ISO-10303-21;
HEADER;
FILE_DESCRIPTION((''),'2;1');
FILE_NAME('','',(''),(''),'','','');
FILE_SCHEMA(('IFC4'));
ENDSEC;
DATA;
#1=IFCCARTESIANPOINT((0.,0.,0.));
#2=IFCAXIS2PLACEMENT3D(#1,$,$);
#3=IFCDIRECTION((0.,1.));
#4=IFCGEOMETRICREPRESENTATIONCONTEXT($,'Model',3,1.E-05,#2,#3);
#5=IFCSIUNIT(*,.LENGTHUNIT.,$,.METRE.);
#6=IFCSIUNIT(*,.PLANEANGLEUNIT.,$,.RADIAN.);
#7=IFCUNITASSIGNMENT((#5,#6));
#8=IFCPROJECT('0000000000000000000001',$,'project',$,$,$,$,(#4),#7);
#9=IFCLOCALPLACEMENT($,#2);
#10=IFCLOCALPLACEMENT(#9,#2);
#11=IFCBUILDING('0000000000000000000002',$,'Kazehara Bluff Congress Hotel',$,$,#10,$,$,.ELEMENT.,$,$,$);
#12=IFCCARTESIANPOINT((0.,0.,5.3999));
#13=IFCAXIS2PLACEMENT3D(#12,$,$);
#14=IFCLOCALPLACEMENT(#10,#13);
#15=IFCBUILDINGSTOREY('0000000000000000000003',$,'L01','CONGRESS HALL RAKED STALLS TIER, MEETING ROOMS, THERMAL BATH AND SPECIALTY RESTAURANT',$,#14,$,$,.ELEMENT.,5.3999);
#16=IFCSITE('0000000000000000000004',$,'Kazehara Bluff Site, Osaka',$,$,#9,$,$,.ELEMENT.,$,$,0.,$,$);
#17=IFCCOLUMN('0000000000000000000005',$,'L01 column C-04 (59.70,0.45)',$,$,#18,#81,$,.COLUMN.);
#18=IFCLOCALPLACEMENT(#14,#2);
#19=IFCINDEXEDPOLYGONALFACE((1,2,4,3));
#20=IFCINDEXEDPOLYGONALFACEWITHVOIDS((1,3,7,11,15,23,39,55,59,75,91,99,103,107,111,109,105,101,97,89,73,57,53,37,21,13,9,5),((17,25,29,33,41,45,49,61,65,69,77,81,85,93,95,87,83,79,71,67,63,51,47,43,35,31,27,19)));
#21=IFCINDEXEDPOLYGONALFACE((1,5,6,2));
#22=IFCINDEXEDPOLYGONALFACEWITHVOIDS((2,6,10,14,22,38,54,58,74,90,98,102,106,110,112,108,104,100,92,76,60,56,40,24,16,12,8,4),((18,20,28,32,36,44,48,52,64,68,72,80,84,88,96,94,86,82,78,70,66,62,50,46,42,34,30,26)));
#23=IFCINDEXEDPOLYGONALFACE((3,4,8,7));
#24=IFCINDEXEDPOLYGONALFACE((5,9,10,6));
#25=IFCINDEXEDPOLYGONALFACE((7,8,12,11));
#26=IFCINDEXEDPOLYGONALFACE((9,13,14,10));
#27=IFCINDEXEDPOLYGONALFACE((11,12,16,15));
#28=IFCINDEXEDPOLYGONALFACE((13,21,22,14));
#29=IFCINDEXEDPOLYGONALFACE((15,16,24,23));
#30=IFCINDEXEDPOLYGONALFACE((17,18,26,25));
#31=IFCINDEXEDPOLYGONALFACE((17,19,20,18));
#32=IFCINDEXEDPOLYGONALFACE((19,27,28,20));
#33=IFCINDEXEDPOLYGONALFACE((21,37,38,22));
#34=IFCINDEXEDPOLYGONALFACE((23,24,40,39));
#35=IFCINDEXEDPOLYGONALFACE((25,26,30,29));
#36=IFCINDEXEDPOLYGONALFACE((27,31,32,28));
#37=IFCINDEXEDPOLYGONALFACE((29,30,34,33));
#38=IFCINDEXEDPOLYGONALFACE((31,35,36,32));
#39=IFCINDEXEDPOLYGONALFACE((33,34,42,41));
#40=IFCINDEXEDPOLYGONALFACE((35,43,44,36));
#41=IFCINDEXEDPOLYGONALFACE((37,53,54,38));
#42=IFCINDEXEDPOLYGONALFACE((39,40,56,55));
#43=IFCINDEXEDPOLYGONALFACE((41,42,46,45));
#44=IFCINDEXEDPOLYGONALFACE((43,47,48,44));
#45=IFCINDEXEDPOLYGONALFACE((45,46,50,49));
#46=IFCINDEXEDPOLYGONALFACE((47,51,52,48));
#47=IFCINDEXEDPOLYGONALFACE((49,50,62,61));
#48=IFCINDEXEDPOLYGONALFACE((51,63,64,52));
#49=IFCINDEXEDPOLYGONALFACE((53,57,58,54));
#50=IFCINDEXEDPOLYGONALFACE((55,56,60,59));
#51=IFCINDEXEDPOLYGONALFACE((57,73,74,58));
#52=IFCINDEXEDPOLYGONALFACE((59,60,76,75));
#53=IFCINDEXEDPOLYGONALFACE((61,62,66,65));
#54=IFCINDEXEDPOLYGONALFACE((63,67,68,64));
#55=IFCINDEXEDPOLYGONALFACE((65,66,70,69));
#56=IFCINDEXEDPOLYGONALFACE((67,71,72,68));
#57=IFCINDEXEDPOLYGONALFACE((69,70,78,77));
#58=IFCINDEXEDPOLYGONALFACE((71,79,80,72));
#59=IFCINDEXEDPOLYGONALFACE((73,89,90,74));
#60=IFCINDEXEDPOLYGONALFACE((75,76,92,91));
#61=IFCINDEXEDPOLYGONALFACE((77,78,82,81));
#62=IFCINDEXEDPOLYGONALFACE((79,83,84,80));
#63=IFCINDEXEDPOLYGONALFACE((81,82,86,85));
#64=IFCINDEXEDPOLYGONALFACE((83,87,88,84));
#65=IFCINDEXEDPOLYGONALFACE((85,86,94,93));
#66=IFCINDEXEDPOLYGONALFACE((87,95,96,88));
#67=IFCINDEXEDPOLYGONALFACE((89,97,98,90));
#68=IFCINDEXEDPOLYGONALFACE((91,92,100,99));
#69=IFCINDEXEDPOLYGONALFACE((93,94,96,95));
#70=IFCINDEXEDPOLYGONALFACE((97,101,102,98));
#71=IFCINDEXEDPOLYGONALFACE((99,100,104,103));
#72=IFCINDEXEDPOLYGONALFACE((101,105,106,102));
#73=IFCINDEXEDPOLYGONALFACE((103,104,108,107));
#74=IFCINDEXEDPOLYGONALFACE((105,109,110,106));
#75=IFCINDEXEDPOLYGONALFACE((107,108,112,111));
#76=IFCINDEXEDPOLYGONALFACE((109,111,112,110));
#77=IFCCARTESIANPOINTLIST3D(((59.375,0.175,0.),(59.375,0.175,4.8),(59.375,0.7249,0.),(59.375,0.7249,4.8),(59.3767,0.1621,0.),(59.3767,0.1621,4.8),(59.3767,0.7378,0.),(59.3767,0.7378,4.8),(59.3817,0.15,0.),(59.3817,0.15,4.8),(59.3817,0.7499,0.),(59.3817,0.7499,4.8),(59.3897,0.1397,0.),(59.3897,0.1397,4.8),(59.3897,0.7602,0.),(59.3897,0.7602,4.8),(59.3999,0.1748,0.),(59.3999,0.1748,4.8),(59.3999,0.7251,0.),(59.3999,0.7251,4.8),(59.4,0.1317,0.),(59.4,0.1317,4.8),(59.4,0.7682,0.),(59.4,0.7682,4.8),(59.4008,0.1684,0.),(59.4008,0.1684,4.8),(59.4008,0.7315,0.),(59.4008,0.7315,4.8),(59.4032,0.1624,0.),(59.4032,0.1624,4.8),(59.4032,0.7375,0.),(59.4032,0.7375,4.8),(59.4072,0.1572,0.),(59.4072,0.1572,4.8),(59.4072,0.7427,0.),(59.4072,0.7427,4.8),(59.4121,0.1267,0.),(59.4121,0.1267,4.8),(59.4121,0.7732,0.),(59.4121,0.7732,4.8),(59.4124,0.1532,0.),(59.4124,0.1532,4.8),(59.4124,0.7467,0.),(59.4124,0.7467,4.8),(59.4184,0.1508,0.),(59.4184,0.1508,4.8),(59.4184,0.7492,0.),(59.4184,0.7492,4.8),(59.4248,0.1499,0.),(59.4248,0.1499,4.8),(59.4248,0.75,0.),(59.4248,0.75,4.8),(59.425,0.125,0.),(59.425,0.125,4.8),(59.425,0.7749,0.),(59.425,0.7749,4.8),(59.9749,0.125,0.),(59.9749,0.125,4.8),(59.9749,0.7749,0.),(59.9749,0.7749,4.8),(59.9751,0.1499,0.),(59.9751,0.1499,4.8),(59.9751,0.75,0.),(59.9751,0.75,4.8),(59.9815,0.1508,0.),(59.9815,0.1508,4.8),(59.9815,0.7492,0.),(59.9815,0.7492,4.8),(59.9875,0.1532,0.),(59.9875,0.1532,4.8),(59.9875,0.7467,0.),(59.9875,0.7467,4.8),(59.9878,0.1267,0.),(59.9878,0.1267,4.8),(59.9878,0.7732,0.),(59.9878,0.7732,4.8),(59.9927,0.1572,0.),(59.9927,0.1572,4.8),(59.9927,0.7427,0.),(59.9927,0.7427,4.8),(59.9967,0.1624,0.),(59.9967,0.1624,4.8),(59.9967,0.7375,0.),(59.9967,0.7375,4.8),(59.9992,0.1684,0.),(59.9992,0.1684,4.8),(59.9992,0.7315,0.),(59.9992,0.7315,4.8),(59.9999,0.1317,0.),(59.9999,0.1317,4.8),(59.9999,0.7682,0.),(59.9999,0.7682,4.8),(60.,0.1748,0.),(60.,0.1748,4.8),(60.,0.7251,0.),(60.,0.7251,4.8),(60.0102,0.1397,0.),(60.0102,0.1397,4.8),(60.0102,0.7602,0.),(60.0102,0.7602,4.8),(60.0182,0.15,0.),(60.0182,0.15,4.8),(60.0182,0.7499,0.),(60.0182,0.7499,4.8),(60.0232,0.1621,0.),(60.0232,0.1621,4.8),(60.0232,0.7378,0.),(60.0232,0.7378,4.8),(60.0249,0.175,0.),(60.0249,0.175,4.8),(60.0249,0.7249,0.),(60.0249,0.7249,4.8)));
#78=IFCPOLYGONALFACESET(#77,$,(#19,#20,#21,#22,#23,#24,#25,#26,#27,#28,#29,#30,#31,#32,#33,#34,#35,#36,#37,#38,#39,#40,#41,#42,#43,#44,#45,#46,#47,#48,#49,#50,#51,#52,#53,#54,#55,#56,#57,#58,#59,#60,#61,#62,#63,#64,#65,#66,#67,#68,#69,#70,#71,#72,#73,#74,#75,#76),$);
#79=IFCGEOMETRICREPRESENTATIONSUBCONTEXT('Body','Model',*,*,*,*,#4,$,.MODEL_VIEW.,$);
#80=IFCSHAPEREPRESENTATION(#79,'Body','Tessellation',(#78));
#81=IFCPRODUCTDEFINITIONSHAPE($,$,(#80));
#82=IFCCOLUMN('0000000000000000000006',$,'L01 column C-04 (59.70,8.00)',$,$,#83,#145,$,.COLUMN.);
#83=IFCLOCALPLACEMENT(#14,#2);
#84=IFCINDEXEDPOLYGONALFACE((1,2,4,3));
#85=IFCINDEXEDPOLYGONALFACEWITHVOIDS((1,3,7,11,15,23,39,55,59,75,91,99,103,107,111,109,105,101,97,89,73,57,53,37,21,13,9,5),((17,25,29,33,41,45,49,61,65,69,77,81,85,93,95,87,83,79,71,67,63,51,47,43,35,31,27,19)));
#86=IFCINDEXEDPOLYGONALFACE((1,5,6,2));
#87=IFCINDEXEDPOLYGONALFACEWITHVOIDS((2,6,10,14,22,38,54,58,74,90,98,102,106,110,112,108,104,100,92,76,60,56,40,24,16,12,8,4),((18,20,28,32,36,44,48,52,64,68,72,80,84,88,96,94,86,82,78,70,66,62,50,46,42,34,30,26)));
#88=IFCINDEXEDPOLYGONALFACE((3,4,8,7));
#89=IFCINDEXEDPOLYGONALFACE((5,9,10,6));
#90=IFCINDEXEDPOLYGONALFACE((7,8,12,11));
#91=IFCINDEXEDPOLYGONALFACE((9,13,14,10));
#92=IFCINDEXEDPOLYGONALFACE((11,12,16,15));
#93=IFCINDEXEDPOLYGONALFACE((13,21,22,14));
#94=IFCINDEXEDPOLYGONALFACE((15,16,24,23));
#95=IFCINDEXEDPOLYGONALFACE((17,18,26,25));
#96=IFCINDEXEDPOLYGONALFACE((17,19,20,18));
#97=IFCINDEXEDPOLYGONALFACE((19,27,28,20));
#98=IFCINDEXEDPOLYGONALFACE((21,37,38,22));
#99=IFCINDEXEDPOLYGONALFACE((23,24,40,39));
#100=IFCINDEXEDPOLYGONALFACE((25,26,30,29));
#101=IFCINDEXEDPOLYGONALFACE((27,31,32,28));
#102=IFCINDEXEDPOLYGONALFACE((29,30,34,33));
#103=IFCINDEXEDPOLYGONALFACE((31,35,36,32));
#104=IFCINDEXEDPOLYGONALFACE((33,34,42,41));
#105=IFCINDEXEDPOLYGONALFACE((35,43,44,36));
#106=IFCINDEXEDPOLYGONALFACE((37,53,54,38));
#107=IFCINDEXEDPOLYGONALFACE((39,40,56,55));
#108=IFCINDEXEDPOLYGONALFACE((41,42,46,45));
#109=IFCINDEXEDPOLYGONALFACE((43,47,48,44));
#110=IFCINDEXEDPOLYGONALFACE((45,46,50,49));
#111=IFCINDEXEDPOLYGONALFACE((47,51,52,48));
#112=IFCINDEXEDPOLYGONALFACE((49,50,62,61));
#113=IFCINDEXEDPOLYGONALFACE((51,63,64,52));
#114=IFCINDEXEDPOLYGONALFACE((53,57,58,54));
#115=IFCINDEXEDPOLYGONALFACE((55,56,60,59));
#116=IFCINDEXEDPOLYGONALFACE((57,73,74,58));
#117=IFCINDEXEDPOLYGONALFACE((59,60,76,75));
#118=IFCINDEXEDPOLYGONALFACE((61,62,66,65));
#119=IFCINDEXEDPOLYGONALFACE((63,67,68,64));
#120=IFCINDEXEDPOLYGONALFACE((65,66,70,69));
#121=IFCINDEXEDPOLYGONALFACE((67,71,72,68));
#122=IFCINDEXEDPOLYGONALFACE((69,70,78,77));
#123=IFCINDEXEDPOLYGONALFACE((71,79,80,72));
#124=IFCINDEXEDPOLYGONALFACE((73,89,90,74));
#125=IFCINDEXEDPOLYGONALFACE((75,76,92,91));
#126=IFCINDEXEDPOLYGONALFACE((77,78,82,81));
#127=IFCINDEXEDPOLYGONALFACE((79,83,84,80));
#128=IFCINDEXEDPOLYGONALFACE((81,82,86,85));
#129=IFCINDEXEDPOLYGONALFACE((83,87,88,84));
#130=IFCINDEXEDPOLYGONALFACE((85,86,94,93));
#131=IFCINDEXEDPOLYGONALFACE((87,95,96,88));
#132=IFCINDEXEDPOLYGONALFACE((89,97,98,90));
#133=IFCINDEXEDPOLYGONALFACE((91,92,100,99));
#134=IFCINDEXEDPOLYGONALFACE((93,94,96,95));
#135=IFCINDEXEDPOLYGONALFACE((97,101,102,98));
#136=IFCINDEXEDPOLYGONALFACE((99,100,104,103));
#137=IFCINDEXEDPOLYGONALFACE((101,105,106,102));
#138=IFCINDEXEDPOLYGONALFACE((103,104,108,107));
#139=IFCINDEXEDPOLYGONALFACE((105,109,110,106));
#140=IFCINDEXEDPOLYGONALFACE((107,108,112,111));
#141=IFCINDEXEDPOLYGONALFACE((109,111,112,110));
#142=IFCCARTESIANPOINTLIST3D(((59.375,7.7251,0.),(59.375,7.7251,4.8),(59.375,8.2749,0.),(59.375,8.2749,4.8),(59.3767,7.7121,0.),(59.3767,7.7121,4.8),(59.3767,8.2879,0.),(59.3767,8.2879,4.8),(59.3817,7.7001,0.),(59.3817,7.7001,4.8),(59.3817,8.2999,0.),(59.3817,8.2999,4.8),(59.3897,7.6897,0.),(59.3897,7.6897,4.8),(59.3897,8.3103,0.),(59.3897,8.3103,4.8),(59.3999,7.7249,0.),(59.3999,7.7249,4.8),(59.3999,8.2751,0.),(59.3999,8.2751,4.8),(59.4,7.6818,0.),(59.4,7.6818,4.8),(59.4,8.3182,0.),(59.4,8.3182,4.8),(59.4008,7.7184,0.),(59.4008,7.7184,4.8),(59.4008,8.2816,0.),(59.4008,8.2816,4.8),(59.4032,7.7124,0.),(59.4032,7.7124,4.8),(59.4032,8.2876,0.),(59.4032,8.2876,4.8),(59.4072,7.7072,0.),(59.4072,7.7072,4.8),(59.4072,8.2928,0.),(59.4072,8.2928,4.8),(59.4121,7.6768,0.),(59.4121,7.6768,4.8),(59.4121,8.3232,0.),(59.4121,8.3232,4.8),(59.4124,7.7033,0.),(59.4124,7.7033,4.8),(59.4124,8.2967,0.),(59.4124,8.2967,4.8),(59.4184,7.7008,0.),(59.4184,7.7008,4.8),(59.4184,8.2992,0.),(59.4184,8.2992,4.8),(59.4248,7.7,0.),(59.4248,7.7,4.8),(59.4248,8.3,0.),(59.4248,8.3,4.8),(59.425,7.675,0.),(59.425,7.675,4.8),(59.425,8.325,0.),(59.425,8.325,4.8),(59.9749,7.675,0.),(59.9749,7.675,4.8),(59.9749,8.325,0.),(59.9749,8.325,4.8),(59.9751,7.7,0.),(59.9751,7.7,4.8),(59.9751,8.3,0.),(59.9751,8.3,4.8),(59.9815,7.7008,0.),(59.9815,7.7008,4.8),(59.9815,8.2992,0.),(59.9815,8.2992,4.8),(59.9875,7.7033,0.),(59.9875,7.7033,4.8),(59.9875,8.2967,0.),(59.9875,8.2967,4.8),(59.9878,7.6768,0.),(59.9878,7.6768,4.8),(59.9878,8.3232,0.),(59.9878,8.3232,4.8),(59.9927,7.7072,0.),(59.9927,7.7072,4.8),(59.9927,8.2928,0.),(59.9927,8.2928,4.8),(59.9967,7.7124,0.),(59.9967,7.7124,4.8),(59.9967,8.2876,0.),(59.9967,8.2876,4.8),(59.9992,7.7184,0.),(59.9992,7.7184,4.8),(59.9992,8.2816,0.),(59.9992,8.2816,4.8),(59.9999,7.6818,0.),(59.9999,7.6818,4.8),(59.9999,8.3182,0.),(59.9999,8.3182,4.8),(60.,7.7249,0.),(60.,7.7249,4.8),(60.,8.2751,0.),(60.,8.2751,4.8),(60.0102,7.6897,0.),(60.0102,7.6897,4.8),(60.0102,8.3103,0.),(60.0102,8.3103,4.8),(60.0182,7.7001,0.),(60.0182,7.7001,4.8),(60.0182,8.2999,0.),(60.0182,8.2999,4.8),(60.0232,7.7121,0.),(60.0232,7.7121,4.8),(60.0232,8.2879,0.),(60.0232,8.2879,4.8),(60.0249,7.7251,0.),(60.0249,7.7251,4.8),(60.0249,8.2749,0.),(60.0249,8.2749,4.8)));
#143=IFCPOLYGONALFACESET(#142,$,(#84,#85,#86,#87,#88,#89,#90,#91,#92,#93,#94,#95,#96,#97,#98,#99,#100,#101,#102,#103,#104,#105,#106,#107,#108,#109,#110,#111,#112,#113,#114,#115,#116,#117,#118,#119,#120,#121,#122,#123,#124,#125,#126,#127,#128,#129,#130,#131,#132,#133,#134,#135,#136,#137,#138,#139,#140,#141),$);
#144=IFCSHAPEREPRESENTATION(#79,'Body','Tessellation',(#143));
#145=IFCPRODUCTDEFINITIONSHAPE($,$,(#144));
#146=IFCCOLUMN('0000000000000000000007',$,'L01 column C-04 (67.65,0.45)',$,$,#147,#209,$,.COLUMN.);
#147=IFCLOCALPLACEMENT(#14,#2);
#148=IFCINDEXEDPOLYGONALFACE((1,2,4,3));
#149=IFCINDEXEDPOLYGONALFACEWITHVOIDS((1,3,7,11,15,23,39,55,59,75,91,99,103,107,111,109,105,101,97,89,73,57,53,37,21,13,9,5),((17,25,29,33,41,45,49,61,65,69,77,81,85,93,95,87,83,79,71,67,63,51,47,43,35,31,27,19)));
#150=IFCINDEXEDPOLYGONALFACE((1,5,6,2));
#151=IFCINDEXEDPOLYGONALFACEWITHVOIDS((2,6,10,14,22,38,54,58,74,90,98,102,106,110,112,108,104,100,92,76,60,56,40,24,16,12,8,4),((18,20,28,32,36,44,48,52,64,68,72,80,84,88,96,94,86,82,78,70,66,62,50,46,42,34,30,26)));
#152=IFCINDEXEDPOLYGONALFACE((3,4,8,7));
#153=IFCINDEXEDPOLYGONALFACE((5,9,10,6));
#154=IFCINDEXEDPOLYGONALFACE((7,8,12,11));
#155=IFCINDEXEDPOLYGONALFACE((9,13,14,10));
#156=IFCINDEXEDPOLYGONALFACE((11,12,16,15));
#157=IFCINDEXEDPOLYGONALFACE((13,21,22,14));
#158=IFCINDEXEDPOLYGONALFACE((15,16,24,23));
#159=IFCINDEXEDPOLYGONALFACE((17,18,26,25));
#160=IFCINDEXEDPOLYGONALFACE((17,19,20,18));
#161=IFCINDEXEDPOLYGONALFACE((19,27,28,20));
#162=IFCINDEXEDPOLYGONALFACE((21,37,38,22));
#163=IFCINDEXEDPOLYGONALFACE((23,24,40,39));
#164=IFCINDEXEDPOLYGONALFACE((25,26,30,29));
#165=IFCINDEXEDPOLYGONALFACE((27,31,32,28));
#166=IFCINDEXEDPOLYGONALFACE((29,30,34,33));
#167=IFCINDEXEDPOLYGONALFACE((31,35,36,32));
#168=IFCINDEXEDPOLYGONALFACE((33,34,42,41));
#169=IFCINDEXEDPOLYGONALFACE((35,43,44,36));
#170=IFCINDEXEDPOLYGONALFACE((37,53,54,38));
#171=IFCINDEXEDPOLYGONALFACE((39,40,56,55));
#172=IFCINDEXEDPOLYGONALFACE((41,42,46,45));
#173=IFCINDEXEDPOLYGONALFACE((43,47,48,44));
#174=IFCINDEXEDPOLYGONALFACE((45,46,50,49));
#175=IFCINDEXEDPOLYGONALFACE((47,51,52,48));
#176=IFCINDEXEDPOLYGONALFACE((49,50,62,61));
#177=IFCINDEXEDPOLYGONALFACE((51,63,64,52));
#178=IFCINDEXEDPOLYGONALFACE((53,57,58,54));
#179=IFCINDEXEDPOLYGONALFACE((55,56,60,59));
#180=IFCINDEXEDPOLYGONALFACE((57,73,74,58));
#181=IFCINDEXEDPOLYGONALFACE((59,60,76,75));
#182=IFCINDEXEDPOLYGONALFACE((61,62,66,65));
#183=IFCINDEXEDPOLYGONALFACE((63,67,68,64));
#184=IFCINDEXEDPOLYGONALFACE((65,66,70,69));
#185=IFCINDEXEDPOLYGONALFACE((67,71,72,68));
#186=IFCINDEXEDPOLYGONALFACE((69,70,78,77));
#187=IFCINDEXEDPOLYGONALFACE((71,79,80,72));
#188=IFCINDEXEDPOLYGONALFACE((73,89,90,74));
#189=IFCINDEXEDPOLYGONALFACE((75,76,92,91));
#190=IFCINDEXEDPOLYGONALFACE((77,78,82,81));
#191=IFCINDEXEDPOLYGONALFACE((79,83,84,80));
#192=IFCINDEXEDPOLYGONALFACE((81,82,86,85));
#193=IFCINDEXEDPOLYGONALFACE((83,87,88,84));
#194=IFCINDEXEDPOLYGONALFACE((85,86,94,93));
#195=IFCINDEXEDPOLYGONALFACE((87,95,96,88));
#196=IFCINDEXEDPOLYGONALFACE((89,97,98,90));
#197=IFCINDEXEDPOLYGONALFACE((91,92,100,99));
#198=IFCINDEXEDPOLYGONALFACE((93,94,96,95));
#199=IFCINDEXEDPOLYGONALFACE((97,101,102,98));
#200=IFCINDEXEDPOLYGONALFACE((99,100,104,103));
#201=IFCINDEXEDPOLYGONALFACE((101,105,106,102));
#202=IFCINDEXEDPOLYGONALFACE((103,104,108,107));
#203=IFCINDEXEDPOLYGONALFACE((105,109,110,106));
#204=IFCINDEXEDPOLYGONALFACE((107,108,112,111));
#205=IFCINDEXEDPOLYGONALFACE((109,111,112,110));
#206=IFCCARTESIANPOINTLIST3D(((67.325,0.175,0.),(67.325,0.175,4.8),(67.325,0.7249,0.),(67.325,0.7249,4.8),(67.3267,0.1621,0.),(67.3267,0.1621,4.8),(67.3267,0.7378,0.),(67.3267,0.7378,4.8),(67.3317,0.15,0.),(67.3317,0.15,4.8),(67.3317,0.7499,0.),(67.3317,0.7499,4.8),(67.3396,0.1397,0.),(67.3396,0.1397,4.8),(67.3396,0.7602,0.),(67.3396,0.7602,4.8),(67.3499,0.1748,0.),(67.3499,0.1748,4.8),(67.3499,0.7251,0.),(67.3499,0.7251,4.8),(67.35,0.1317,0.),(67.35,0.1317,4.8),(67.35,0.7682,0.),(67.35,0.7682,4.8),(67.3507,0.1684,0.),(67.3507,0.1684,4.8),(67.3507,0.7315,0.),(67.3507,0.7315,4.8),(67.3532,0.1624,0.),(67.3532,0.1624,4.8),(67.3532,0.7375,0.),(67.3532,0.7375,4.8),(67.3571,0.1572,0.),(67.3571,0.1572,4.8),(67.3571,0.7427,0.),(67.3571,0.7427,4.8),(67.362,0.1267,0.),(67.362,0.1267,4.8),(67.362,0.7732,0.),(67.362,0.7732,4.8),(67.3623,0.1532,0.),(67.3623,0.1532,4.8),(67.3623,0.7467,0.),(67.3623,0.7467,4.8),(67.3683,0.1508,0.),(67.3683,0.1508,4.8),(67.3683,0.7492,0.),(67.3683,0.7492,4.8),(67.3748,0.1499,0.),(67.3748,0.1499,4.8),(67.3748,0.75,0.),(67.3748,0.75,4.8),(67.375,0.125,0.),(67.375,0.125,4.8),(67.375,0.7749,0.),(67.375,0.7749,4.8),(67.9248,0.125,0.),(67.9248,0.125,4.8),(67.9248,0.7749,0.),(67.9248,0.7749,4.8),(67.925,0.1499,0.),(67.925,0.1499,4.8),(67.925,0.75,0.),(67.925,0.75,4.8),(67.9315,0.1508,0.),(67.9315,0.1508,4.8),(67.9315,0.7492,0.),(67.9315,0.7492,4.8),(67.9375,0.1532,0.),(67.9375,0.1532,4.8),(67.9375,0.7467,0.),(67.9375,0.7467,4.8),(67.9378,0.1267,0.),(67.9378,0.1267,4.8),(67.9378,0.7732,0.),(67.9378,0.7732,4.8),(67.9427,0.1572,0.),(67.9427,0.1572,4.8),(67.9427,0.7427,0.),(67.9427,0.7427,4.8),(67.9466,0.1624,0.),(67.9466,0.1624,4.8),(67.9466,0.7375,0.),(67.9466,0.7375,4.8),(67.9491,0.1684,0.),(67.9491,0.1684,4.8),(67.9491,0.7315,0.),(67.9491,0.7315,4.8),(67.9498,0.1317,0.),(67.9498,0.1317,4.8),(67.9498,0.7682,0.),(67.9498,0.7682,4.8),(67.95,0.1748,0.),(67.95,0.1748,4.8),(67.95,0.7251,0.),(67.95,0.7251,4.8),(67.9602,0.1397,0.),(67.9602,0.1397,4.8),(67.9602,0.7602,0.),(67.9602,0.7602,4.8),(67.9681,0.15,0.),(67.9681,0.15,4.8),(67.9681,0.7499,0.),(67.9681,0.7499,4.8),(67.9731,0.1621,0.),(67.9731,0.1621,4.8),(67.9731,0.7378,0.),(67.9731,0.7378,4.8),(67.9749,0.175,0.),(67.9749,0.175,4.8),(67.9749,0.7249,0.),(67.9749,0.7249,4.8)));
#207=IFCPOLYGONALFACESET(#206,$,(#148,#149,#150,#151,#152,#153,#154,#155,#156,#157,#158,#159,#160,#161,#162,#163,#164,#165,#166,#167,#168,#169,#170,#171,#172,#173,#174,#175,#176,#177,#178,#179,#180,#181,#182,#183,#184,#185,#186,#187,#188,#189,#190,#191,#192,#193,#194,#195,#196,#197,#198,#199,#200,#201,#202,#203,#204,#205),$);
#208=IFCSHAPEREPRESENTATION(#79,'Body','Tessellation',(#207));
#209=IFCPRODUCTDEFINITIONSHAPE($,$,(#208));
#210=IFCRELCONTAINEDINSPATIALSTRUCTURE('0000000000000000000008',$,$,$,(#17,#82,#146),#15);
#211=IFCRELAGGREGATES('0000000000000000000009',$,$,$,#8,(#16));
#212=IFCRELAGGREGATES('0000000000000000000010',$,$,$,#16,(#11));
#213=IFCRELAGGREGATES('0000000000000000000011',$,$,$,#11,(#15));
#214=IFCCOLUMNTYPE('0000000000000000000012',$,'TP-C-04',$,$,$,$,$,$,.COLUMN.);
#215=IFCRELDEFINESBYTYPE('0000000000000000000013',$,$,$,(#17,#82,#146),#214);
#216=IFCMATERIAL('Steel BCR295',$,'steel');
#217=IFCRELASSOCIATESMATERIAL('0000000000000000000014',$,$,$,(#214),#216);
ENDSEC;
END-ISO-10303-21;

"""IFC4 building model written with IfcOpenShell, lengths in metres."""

from ifc_helpers import new_model, si_unit, direction, frame, origin, origin_2d, place, context, subcontext, project, spatial, hollow_rectangle, extrude, material, material_profile, profile_set, type_object, element, save


model = new_model("IFC4")

# Units and contexts
model_context = context("Model", 3, precision=1e-05, world=origin(), true_north=direction((0.0, 1.0)))
body_context = subcontext(model_context, "Body", "Model", "MODEL_VIEW")
ifc_project = project(units=[si_unit("LENGTHUNIT", "METRE"), si_unit("PLANEANGLEUNIT", "RADIAN")], contexts=[model_context])

# Site, building, storey
site_placement = place(None, origin())
site = spatial("IfcSite", under=ifc_project, at=site_placement, Name="Kazehara Bluff Site, Osaka", CompositionType="ELEMENT", RefElevation=0.0)
building_placement = place(site_placement, origin())
building = spatial("IfcBuilding", under=site, at=building_placement, Name="Kazehara Bluff Congress Hotel", CompositionType="ELEMENT")
storey_placement = place(building_placement, frame((0.0, 0.0, 5.3999)))
storey = spatial("IfcBuildingStorey", under=building, at=storey_placement, Name="L01", Description="CONGRESS HALL RAKED STALLS TIER, MEETING ROOMS, THERMAL BATH AND SPECIALTY RESTAURANT", CompositionType="ELEMENT", Elevation=5.3999)

# Columns
ifc_material_1 = material(Name="Steel BCR295", Category="steel")
ifc_material_profile_1 = material_profile(ifc_material_1, hollow_rectangle(XDim=0.6499, YDim=0.6499, WallThickness=0.0249, InnerFilletRadius=0.0249, OuterFilletRadius=0.05, at=origin_2d()))
ifc_profile_set_1 = profile_set([ifc_material_profile_1], Name="Steel BCR295")
column_type = type_object("IfcColumnType", Name="TP-C-04", PredefinedType="COLUMN", material=ifc_profile_set_1)
for number, where, z_axis, x_axis, name in (
    (1, (59.7, 0.45, 0.0), (0.0, 0.0, 1.0), (1.0, 0.0, 0.0), "L01 column C-04 (59.70,0.45)"),
    (2, (59.7, 8.0, 0.0), (0.0, 0.0, 1.0), (1.0, 0.0, 0.0), "L01 column C-04 (59.70,8.00)"),
    (3, (67.6499, 0.45, 0.0), (0.0, 0.0, 1.0), (1.0, 0.0, 0.0), "L01 column C-04 (67.65,0.45)"),
):
    element("IfcColumn", number, at=place(storey_placement, frame(where, z_axis=z_axis, x_axis=x_axis)), inside=storey, type_object=column_type, Name=name, PredefinedType="COLUMN", context=body_context, shape_type="SweptSolid", body=[
        extrude(hollow_rectangle(XDim=0.6499, YDim=0.6499, WallThickness=0.0249, InnerFilletRadius=0.0249, OuterFilletRadius=0.05, at=origin_2d()), origin(), (0.0, 0.0, 1.0), 4.8),
    ])

save(model, "model.ifc")
